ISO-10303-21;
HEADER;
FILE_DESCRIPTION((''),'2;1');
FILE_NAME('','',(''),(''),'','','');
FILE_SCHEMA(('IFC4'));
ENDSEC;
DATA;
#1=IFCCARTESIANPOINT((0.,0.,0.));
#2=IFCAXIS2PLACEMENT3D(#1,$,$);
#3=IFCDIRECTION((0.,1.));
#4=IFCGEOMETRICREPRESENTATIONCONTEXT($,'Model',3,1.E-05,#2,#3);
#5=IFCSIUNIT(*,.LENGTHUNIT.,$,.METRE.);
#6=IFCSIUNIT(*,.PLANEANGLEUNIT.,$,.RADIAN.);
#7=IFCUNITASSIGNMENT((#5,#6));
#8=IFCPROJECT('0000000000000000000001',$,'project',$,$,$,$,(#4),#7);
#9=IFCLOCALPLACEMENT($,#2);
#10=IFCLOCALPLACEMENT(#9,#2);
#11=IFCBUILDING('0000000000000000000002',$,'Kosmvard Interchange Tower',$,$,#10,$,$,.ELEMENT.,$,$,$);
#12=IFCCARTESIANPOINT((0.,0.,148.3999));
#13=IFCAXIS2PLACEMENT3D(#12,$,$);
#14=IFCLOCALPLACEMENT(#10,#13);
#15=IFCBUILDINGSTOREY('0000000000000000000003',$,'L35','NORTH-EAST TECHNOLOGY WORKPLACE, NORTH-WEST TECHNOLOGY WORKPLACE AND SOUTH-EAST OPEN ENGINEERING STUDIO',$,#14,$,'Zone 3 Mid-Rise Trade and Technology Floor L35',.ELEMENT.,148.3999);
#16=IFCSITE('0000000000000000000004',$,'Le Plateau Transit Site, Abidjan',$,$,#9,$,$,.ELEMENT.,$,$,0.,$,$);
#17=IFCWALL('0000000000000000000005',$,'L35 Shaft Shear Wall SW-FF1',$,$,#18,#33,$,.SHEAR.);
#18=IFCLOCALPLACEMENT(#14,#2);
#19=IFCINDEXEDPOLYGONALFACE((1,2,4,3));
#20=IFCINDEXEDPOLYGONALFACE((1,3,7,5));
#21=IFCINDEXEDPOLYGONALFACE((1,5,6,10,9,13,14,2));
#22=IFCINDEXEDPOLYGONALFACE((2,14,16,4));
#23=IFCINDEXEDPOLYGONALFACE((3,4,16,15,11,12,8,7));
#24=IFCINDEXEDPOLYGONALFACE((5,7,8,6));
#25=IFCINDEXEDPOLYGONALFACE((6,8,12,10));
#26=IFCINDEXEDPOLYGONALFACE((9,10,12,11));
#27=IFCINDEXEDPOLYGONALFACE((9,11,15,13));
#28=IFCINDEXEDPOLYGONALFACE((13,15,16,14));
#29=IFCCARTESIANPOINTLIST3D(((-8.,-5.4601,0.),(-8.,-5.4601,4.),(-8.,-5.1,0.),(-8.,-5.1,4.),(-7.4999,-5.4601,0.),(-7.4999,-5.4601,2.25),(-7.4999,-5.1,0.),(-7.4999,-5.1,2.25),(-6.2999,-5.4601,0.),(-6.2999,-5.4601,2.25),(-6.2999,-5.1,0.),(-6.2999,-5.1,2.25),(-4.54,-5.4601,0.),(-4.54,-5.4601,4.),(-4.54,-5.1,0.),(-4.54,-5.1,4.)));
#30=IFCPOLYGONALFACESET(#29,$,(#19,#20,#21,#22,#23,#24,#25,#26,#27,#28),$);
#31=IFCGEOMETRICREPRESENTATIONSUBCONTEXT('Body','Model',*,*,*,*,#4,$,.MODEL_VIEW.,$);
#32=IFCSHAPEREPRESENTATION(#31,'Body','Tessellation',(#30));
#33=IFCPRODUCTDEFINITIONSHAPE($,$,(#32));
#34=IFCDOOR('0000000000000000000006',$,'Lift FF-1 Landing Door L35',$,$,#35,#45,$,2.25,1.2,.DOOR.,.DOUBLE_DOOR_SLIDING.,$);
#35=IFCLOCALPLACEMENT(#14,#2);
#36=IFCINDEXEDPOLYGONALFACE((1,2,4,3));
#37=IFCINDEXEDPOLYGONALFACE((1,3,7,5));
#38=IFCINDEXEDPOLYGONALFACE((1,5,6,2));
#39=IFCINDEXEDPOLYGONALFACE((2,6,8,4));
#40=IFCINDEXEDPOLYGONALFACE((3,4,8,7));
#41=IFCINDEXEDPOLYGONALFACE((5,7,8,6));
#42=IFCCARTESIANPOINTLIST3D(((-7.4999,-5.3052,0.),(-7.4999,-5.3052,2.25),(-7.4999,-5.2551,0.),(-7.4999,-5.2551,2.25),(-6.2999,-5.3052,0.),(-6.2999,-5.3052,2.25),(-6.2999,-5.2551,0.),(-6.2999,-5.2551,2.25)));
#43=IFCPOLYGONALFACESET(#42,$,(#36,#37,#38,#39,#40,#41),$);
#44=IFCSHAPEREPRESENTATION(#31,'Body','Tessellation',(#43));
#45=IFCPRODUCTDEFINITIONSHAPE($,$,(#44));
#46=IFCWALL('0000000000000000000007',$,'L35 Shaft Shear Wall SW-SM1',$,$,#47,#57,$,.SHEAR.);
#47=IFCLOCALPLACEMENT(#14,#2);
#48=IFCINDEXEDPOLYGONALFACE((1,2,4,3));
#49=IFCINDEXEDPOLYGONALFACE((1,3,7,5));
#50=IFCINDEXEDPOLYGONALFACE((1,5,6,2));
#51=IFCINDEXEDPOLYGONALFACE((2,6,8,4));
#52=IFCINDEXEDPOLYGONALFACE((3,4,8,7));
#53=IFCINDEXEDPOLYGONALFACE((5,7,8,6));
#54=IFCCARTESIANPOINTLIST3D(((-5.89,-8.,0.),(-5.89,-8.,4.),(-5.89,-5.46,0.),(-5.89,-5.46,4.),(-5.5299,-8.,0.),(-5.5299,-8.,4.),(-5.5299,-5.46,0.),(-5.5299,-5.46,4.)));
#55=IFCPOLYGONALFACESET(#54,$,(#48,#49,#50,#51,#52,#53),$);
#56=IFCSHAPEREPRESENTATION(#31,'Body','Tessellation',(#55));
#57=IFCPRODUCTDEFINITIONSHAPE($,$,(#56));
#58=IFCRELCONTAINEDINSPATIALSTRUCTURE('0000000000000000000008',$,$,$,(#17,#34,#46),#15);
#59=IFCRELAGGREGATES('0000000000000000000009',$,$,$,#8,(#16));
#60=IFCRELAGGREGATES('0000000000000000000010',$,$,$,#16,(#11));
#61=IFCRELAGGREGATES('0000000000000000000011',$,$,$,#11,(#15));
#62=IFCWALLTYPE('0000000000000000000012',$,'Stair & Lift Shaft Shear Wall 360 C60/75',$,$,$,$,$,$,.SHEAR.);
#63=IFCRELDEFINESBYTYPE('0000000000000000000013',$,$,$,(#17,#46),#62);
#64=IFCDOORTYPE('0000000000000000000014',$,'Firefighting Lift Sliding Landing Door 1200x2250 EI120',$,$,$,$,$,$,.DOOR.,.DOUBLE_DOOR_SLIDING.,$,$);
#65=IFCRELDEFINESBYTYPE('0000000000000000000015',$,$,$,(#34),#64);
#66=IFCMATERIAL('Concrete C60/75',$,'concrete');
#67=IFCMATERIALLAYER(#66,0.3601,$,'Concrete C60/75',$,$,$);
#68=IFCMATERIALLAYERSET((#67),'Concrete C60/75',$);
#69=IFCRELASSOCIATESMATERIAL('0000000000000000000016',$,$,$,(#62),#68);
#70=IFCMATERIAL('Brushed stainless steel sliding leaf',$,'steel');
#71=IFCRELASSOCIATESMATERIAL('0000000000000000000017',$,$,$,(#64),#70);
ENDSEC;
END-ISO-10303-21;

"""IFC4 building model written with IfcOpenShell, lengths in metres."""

from ifc_helpers import new_model, si_unit, direction, frame, frame_2d, origin, place, context, subcontext, project, spatial, rectangle, extrude, source, transform, mapped, material, layer, layer_set, type_object, element, fill, save


model = new_model("IFC4")

# Units and contexts
model_context = context("Model", 3, precision=1e-05, world=origin(), true_north=direction((0.0, 1.0)))
body_context = subcontext(model_context, "Body", "Model", "MODEL_VIEW")
ifc_project = project(units=[si_unit("LENGTHUNIT", "METRE"), si_unit("PLANEANGLEUNIT", "RADIAN")], contexts=[model_context])

# Site, building, storey
site_placement = place(None, origin())
site = spatial("IfcSite", under=ifc_project, at=site_placement, Name="Le Plateau Transit Site, Abidjan", CompositionType="ELEMENT", RefElevation=0.0)
building_placement = place(site_placement, origin())
building = spatial("IfcBuilding", under=site, at=building_placement, Name="Kosmvard Interchange Tower", CompositionType="ELEMENT")
storey_placement = place(building_placement, frame((0.0, 0.0, 148.3999)))
storey = spatial("IfcBuildingStorey", under=building, at=storey_placement, Name="L35", Description="NORTH-EAST TECHNOLOGY WORKPLACE, NORTH-WEST TECHNOLOGY WORKPLACE AND SOUTH-EAST OPEN ENGINEERING STUDIO", LongName="Zone 3 Mid-Rise Trade and Technology Floor L35", CompositionType="ELEMENT", Elevation=148.3999)

# Shared definitions
ifc_material_1 = material(Name="Concrete C60/75", Category="concrete")

# Shared definitions
ifc_material_2 = material(Name="Brushed stainless steel sliding leaf", Category="steel")

# Shared definitions
ifc_layer_1 = layer(ifc_material_1, 0.3601, Name="Concrete C60/75")
ifc_layer_set_1 = layer_set([ifc_layer_1], Name="Concrete C60/75")
wall_type_1 = type_object("IfcWallType", Name="Stair & Lift Shaft Shear Wall 360 C60/75", PredefinedType="SHEAR", material=ifc_layer_set_1)

# Wall, opening, door
wall_1_placement = place(storey_placement, frame((-8.0, -5.28, 0.0), z_axis=(0.0, 0.0, 1.0), x_axis=(1.0, 0.0, 0.0)))
wall_1 = element("IfcWall", 1, at=wall_1_placement, inside=storey, type_object=wall_type_1, Name="L35 Shaft Shear Wall SW-FF1", PredefinedType="SHEAR", context=body_context, shape_type="SweptSolid", body=[
    extrude(rectangle(XDim=3.46, YDim=0.3601, at=frame_2d((1.73, 0.0))), origin(), (0.0, 0.0, 1.0), 4.0),
])
opening_1_placement = place(wall_1_placement, frame((0.5, 0.0, 0.0)))
opening_1 = element("IfcOpeningElement", 2, at=opening_1_placement, cuts=wall_1, PredefinedType="OPENING", context=body_context, shape_type="SweptSolid", body=[
    extrude(rectangle(XDim=1.2, YDim=2.25, at=frame_2d((0.6001, 1.125))), frame((0.0, 0.1899, 0.0), z_axis=(0.0, -1.0, 0.0), x_axis=(1.0, 0.0, 0.0)), (0.0, 0.0, 1.0), 0.3801),
])
door_type_1 = type_object("IfcDoorType", Name="Firefighting Lift Sliding Landing Door 1200x2250 EI120", OperationType="DOUBLE_DOOR_SLIDING", PredefinedType="DOOR", material=ifc_material_2)
shared_shape_1 = source(origin(), body_context, "Body", "SweptSolid", [
    extrude(rectangle(XDim=1.2, YDim=2.25, at=frame_2d((0.6001, 1.125))), frame((0.0, 0.0249, 0.0), z_axis=(0.0, -1.0, 0.0), x_axis=(1.0, 0.0, 0.0)), (0.0, 0.0, 1.0), 0.05),
])
door_1_placement = place(opening_1_placement, origin())
door_1 = element("IfcDoor", 3, at=door_1_placement, inside=storey, type_object=door_type_1, Name="Lift FF-1 Landing Door L35", OperationType="DOUBLE_DOOR_SLIDING", OverallHeight=2.25, OverallWidth=1.2, PredefinedType="DOOR", context=body_context, shape_type="MappedRepresentation", body=[
    mapped(shared_shape_1, transform((0.0, 0.0, 0.0), scale=1.0)),
])
fill(opening_1, door_1)

# Wall
wall_2_placement = place(storey_placement, frame((-5.71, -8.0, 0.0), z_axis=(0.0, 0.0, 1.0), x_axis=(0.0, 1.0, 0.0)))
element("IfcWall", 4, at=wall_2_placement, inside=storey, type_object=wall_type_1, Name="L35 Shaft Shear Wall SW-SM1", PredefinedType="SHEAR", context=body_context, shape_type="SweptSolid", body=[
    extrude(rectangle(XDim=2.54, YDim=0.3601, at=frame_2d((1.27, 0.0))), origin(), (0.0, 0.0, 1.0), 4.0),
])

save(model, "model.ifc")
